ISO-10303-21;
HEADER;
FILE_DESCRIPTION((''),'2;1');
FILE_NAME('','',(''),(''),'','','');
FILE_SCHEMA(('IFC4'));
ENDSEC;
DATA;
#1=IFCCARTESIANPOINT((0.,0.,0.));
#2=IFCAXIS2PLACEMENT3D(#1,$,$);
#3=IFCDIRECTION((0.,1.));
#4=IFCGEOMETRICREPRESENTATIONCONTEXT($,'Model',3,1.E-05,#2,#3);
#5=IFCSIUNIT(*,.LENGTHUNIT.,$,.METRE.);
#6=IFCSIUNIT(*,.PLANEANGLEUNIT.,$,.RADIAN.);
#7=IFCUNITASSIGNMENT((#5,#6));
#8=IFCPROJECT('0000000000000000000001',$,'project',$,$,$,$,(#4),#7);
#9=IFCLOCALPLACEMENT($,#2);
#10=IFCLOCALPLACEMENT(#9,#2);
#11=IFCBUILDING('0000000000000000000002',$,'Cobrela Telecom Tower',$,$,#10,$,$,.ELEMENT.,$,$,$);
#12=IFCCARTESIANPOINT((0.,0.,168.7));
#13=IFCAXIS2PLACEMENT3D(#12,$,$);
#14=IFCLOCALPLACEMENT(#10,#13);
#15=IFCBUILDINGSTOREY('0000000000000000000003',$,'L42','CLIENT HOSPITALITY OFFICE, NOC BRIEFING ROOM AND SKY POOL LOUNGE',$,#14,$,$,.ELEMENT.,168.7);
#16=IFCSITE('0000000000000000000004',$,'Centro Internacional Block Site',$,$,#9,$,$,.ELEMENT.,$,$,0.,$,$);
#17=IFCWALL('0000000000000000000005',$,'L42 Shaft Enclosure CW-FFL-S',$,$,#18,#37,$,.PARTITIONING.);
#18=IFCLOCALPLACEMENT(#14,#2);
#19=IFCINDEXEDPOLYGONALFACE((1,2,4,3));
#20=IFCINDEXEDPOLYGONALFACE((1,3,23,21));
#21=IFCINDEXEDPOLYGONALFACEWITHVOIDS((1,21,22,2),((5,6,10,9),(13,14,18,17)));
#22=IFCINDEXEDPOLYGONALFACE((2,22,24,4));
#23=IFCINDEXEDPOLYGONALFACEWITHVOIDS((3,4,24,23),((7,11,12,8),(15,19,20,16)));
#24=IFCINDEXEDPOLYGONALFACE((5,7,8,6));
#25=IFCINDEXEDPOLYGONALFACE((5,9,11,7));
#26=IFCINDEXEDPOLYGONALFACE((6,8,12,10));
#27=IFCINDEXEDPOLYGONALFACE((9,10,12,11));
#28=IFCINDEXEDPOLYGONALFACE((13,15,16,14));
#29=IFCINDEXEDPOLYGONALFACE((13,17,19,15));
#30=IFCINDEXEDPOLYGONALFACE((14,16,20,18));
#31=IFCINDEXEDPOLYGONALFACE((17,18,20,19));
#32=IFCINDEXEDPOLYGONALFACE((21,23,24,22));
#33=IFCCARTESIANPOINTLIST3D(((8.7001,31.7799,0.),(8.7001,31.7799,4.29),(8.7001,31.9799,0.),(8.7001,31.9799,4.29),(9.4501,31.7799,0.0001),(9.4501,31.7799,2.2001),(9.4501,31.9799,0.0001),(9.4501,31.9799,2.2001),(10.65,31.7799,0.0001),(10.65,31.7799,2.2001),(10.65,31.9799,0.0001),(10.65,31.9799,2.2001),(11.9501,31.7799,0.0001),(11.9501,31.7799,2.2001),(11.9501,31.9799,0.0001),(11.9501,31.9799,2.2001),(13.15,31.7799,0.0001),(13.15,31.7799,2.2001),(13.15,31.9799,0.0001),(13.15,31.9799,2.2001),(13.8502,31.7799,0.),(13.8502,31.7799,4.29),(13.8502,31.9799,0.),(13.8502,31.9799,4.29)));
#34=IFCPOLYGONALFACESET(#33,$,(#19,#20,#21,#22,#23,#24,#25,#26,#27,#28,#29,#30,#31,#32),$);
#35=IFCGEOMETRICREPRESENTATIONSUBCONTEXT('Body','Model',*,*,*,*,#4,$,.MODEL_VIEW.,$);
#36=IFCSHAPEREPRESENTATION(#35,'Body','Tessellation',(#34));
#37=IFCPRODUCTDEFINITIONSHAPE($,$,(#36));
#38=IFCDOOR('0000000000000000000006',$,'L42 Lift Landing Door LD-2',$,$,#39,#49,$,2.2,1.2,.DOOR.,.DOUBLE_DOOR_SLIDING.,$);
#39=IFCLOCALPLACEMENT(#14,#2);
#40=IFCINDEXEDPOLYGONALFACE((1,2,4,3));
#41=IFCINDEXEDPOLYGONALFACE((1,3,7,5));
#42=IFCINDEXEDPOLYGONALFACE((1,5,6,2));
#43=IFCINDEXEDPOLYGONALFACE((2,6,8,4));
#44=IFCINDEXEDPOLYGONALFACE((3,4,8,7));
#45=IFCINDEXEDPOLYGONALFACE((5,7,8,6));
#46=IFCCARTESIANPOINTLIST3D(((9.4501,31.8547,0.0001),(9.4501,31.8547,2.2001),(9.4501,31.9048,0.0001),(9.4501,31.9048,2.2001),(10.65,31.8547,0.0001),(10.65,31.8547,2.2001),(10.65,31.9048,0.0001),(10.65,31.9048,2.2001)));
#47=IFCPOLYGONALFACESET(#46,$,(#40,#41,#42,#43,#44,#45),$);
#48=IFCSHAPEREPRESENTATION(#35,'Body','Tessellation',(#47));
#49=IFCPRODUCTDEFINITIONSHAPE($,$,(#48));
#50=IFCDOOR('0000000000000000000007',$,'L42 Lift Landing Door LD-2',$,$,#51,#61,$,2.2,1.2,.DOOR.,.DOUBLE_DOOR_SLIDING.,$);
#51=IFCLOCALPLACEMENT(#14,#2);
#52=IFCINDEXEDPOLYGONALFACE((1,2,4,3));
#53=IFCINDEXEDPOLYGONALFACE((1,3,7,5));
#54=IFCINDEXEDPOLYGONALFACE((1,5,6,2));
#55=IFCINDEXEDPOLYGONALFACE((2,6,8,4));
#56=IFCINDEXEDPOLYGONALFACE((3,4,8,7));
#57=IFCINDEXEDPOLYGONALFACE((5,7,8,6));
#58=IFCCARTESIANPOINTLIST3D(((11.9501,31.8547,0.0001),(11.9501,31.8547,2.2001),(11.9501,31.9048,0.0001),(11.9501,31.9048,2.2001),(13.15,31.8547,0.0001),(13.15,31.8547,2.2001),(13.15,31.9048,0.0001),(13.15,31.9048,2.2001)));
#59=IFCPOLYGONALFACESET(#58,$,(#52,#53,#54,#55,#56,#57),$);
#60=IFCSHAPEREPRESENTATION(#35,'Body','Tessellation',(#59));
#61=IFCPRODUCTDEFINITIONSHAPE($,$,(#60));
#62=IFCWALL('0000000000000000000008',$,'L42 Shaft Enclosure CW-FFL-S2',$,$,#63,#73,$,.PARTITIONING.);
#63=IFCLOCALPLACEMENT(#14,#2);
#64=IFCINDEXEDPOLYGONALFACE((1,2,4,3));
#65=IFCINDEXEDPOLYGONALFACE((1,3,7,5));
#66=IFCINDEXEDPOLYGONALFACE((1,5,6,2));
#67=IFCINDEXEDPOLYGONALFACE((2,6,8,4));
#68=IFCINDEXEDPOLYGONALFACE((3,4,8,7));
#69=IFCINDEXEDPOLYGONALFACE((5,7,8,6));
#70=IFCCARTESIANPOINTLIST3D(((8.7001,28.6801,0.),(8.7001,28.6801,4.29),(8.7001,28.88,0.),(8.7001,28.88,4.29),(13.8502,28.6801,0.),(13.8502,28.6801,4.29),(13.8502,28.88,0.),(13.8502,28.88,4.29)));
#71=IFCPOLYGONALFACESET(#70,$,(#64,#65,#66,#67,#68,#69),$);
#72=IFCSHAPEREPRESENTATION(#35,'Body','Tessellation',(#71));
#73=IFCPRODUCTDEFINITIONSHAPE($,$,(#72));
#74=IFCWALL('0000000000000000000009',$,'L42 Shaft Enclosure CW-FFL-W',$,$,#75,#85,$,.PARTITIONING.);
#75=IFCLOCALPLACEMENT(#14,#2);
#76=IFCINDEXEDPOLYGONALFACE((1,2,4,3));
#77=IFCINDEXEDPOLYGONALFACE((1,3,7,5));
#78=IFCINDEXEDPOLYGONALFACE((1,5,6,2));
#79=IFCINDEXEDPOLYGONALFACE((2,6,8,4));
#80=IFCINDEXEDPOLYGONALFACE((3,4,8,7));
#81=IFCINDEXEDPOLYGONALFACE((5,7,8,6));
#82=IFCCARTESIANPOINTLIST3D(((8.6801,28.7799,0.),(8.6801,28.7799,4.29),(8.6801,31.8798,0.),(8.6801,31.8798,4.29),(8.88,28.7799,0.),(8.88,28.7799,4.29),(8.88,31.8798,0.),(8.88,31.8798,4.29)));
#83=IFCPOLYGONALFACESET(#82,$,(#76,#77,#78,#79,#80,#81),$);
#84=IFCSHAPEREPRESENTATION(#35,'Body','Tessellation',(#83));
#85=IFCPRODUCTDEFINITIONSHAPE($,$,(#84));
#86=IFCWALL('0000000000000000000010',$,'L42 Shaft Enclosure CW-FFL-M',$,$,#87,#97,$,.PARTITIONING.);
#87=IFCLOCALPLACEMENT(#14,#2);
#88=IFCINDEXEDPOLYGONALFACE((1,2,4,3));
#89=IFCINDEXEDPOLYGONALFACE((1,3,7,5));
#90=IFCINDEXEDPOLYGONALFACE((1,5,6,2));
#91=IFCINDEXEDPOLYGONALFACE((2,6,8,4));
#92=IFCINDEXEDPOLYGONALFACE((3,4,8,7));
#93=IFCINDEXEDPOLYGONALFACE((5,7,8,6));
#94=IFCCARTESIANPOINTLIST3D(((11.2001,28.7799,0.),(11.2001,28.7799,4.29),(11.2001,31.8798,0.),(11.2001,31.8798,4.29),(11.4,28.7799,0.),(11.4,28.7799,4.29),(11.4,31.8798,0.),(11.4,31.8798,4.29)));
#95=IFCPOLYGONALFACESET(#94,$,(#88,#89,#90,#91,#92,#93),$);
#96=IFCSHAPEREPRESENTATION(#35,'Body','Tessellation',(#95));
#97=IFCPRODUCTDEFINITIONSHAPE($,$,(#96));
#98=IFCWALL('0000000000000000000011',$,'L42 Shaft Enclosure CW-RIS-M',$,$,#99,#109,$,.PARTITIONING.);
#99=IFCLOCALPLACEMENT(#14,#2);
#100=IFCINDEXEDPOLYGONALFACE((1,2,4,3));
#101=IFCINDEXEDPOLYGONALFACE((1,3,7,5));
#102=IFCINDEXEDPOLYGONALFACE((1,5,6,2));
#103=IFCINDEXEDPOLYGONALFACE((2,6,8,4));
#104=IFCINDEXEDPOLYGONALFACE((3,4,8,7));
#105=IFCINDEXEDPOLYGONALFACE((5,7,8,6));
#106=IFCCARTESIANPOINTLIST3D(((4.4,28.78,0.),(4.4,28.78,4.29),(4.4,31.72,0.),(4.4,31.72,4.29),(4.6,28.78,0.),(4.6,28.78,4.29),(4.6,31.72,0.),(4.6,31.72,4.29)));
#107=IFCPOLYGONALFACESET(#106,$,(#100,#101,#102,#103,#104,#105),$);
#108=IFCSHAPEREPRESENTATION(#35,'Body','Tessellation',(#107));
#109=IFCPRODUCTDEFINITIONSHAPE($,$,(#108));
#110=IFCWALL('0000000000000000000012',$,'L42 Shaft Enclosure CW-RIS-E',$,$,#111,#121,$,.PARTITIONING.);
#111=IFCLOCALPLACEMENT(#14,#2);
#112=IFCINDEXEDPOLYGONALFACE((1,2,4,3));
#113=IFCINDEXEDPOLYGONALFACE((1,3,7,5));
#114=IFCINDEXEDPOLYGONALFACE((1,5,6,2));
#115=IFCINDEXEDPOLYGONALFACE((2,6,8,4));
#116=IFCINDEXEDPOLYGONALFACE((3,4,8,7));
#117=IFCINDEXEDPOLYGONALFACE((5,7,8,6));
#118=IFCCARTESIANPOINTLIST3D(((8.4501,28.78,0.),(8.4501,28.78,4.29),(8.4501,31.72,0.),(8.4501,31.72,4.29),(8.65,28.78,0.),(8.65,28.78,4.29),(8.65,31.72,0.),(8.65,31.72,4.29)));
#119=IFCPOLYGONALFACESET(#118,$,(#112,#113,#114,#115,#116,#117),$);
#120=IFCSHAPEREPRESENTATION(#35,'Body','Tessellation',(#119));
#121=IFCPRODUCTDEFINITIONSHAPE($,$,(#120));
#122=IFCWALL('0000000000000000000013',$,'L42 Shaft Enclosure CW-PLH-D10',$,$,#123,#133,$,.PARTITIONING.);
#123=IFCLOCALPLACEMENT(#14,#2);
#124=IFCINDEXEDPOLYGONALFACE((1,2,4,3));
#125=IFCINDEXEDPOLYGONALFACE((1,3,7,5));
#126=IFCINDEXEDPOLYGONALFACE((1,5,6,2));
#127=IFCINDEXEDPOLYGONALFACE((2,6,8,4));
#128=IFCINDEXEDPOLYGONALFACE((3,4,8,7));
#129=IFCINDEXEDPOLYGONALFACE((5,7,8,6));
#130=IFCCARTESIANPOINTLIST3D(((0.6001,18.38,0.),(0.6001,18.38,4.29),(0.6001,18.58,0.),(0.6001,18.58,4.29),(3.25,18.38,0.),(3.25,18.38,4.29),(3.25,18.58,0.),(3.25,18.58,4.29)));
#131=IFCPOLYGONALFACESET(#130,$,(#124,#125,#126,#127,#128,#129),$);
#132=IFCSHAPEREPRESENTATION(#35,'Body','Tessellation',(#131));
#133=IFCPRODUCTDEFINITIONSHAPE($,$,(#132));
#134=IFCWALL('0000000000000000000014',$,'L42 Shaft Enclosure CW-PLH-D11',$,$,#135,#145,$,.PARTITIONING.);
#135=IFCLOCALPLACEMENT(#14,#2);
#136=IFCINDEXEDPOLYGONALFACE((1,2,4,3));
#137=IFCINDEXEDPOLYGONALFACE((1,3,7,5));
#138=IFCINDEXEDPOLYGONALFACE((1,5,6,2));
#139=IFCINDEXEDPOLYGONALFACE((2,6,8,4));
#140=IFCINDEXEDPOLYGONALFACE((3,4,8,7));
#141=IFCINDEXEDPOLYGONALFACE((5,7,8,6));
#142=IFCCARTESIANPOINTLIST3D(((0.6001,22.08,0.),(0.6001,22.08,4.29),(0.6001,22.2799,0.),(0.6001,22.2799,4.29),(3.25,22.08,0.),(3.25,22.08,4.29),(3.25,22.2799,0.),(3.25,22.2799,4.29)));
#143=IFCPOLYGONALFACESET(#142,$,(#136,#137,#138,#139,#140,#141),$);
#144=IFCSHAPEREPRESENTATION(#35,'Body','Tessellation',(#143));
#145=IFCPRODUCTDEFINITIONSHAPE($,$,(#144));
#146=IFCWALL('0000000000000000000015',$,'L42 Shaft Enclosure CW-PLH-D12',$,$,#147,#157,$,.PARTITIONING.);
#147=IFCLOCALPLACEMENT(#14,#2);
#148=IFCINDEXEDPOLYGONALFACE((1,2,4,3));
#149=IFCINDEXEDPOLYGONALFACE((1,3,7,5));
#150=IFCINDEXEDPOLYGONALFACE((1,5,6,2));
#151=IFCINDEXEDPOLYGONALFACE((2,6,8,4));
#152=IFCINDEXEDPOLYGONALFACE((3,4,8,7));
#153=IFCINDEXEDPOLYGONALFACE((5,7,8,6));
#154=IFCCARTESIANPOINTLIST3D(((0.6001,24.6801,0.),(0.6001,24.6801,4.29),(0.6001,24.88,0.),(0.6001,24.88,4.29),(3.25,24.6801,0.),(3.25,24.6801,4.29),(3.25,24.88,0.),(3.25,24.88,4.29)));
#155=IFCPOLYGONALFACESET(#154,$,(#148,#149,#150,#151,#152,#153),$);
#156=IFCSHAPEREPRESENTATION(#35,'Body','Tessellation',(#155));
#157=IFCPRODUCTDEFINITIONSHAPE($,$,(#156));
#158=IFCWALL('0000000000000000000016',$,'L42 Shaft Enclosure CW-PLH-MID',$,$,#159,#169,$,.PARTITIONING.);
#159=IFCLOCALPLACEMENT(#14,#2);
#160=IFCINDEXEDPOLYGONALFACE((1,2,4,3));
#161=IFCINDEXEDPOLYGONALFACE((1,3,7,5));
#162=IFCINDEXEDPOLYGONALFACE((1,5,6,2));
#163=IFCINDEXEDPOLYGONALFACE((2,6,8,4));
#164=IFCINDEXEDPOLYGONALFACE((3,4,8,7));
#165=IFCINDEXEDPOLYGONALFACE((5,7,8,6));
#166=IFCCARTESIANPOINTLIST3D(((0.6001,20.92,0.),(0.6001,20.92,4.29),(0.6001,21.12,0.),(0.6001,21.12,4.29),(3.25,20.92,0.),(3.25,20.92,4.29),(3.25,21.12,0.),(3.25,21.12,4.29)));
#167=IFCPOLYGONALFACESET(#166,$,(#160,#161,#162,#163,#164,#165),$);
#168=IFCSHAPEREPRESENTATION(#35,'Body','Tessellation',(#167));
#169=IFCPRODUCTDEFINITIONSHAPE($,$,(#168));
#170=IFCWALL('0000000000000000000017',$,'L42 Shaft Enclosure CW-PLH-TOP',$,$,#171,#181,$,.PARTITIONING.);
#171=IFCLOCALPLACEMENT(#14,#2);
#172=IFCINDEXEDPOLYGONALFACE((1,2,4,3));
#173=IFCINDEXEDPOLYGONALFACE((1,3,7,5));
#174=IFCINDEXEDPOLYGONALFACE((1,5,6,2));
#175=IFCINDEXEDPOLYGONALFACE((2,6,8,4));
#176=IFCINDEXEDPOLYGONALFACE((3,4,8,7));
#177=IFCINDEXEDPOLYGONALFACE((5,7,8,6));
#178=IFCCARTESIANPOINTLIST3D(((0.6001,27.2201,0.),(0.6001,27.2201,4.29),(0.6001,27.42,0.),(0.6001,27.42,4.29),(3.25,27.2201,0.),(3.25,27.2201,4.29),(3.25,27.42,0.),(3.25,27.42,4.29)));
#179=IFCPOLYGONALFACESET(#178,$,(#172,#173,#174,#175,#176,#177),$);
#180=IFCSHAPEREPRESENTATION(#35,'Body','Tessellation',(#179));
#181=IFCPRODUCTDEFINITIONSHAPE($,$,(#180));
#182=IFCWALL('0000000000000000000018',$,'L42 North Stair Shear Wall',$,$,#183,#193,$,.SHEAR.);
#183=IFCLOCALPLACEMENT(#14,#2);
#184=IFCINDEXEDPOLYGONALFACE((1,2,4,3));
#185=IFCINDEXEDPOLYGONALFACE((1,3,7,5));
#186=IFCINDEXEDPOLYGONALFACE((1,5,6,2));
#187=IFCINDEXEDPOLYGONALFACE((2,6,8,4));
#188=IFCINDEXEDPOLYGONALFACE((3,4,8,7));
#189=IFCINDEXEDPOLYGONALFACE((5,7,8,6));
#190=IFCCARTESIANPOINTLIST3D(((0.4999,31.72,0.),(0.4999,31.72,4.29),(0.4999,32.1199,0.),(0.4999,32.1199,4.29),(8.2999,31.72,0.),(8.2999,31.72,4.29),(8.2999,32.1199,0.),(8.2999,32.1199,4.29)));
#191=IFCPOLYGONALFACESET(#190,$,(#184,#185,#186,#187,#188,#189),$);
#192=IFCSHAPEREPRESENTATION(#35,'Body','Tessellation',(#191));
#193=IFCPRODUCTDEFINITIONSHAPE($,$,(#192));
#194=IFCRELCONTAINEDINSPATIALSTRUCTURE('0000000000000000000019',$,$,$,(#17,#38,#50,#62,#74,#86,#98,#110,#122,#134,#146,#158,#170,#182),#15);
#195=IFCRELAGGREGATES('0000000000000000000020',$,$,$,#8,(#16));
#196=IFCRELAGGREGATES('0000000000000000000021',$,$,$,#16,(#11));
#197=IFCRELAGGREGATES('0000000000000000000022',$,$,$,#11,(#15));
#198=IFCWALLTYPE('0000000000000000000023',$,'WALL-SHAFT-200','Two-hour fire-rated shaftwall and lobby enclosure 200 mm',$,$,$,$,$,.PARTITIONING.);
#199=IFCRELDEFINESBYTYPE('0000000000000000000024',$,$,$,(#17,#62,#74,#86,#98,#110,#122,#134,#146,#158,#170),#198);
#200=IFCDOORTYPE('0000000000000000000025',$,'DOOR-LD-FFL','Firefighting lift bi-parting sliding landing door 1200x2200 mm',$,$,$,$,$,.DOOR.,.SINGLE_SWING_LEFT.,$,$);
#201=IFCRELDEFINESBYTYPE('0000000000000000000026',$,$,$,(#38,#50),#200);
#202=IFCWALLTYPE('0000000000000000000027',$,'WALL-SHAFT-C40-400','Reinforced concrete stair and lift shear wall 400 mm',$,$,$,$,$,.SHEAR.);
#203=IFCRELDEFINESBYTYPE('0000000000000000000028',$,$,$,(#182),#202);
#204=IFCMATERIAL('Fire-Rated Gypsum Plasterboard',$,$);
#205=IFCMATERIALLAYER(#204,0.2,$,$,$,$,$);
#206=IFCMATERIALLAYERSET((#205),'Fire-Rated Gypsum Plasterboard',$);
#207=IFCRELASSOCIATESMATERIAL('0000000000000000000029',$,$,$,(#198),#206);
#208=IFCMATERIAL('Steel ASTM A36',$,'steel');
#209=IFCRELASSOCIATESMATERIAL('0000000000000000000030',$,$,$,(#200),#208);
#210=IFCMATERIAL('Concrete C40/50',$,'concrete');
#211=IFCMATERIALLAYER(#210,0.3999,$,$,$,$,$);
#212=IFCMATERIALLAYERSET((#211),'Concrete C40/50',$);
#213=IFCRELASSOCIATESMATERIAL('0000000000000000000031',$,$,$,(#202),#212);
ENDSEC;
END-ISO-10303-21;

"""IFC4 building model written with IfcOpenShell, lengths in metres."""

from ifc_helpers import new_model, si_unit, direction, frame, frame_2d, origin, place, context, subcontext, project, spatial, rectangle, extrude, material, layer, layer_set, type_object, element, fill, save


model = new_model("IFC4")

# Units and contexts
model_context = context("Model", 3, precision=1e-05, world=origin(), true_north=direction((0.0, 1.0)))
body_context = subcontext(model_context, "Body", "Model", "MODEL_VIEW")
ifc_project = project(units=[si_unit("LENGTHUNIT", "METRE"), si_unit("PLANEANGLEUNIT", "RADIAN")], contexts=[model_context])

# Site, building, storey
site_placement = place(None, origin())
site = spatial("IfcSite", under=ifc_project, at=site_placement, Name="Centro Internacional Block Site", CompositionType="ELEMENT", RefElevation=0.0)
building_placement = place(site_placement, origin())
building = spatial("IfcBuilding", under=site, at=building_placement, Name="Cobrela Telecom Tower", CompositionType="ELEMENT")
storey_placement = place(building_placement, frame((0.0, 0.0, 168.7)))
storey = spatial("IfcBuildingStorey", under=building, at=storey_placement, Name="L42", Description="CLIENT HOSPITALITY OFFICE, NOC BRIEFING ROOM AND SKY POOL LOUNGE", CompositionType="ELEMENT", Elevation=168.7)

# Shared definitions
ifc_material_1 = material(Name="Fire-Rated Gypsum Plasterboard")

# Wall, openings, doors
ifc_layer_1 = layer(ifc_material_1, 0.2)
ifc_layer_set_1 = layer_set([ifc_layer_1], Name="Fire-Rated Gypsum Plasterboard")
wall_type_1 = type_object("IfcWallType", Name="WALL-SHAFT-200", Description="Two-hour fire-rated shaftwall and lobby enclosure 200 mm", PredefinedType="PARTITIONING", material=ifc_layer_set_1)
wall_1_placement = place(storey_placement, frame((8.7, 31.8799, 0.0), z_axis=(0.0, 0.0, 1.0), x_axis=(1.0, 0.0, 0.0)))
wall_1 = element("IfcWall", 1, at=wall_1_placement, inside=storey, type_object=wall_type_1, Name="L42 Shaft Enclosure CW-FFL-S", PredefinedType="PARTITIONING", context=body_context, shape_type="SweptSolid", body=[
    extrude(rectangle(XDim=5.1501, YDim=0.2, at=frame_2d((2.5752, 0.0))), origin(), (0.0, 0.0, 1.0), 4.29),
])
opening_1_placement = place(wall_1_placement, frame((0.75, 0.0, 0.0)))
opening_1 = element("IfcOpeningElement", 2, at=opening_1_placement, cuts=wall_1, PredefinedType="OPENING", context=body_context, shape_type="SweptSolid", body=[
    extrude(rectangle(XDim=1.2, YDim=2.2, at=frame_2d((0.6001, 1.1001))), frame((0.0, 0.1118, 0.0), z_axis=(0.0, -1.0, 0.0), x_axis=(1.0, 0.0, 0.0)), (0.0, 0.0, 1.0), 0.2239),
])
opening_2_placement = place(wall_1_placement, frame((3.25, 0.0, 0.0)))
opening_2 = element("IfcOpeningElement", 3, at=opening_2_placement, cuts=wall_1, PredefinedType="OPENING", context=body_context, shape_type="SweptSolid", body=[
    extrude(rectangle(XDim=1.2, YDim=2.2, at=frame_2d((0.6001, 1.1001))), frame((0.0, 0.1118, 0.0), z_axis=(0.0, -1.0, 0.0), x_axis=(1.0, 0.0, 0.0)), (0.0, 0.0, 1.0), 0.2239),
])
ifc_material_2 = material(Name="Steel ASTM A36", Category="steel")
door_type_1 = type_object("IfcDoorType", Name="DOOR-LD-FFL", Description="Firefighting lift bi-parting sliding landing door 1200x2200 mm", OperationType="SINGLE_SWING_LEFT", PredefinedType="DOOR", material=ifc_material_2)
door_1_placement = place(opening_1_placement, origin())
door_1 = element("IfcDoor", 4, at=door_1_placement, inside=storey, type_object=door_type_1, Name="L42 Lift Landing Door LD-2", OperationType="DOUBLE_DOOR_SLIDING", OverallHeight=2.2, OverallWidth=1.2, PredefinedType="DOOR", context=body_context, shape_type="SweptSolid", body=[
    extrude(rectangle(XDim=1.2, YDim=2.2, at=frame_2d((0.6001, 1.1001))), frame((0.0, 0.0249, 0.0), z_axis=(0.0, -1.0, 0.0), x_axis=(1.0, 0.0, 0.0)), (0.0, 0.0, 1.0), 0.05),
])
fill(opening_1, door_1)
door_2_placement = place(opening_2_placement, origin())
door_2 = element("IfcDoor", 5, at=door_2_placement, inside=storey, type_object=door_type_1, Name="L42 Lift Landing Door LD-2", OperationType="DOUBLE_DOOR_SLIDING", OverallHeight=2.2, OverallWidth=1.2, PredefinedType="DOOR", context=body_context, shape_type="SweptSolid", body=[
    extrude(rectangle(XDim=1.2, YDim=2.2, at=frame_2d((0.6001, 1.1001))), frame((0.0, 0.0249, 0.0), z_axis=(0.0, -1.0, 0.0), x_axis=(1.0, 0.0, 0.0)), (0.0, 0.0, 1.0), 0.05),
])
fill(opening_2, door_2)

# Walls
wall_2_placement = place(storey_placement, frame((8.7, 28.78, 0.0), z_axis=(0.0, 0.0, 1.0), x_axis=(1.0, 0.0, 0.0)))
element("IfcWall", 6, at=wall_2_placement, inside=storey, type_object=wall_type_1, Name="L42 Shaft Enclosure CW-FFL-S2", PredefinedType="PARTITIONING", context=body_context, shape_type="SweptSolid", body=[
    extrude(rectangle(XDim=5.1501, YDim=0.2, at=frame_2d((2.5752, 0.0))), origin(), (0.0, 0.0, 1.0), 4.29),
])
for number, where, z_axis, x_axis, name in (
    (7, (8.78, 28.78, 0.0), (0.0, 0.0, 1.0), (0.0, 1.0, 0.0), "L42 Shaft Enclosure CW-FFL-W"),
    (8, (11.3, 28.78, 0.0), (0.0, 0.0, 1.0), (0.0, 1.0, 0.0), "L42 Shaft Enclosure CW-FFL-M"),
):
    element("IfcWall", number, at=place(storey_placement, frame(where, z_axis=z_axis, x_axis=x_axis)), inside=storey, type_object=wall_type_1, Name=name, PredefinedType="PARTITIONING", context=body_context, shape_type="SweptSolid", body=[
        extrude(rectangle(XDim=3.0999, YDim=0.2, at=frame_2d((1.5498, 0.0))), origin(), (0.0, 0.0, 1.0), 4.29),
    ])

# Walls
for number, where, z_axis, x_axis, name in (
    (9, (4.5, 28.78, 0.0), (0.0, 0.0, 1.0), (0.0, 1.0, 0.0), "L42 Shaft Enclosure CW-RIS-M"),
    (10, (8.55, 28.78, 0.0), (0.0, 0.0, 1.0), (0.0, 1.0, 0.0), "L42 Shaft Enclosure CW-RIS-E"),
):
    element("IfcWall", number, at=place(storey_placement, frame(where, z_axis=z_axis, x_axis=x_axis)), inside=storey, type_object=wall_type_1, Name=name, PredefinedType="PARTITIONING", context=body_context, shape_type="SweptSolid", body=[
        extrude(rectangle(XDim=2.9399, YDim=0.2, at=frame_2d((1.47, 0.0))), origin(), (0.0, 0.0, 1.0), 4.29),
    ])
for number, where, z_axis, x_axis, name in (
    (11, (0.6001, 18.48, 0.0), (0.0, 0.0, 1.0), (1.0, 0.0, 0.0), "L42 Shaft Enclosure CW-PLH-D10"),
    (12, (0.6001, 22.1799, 0.0), (0.0, 0.0, 1.0), (1.0, 0.0, 0.0), "L42 Shaft Enclosure CW-PLH-D11"),
    (13, (0.6001, 24.78, 0.0), (0.0, 0.0, 1.0), (1.0, 0.0, 0.0), "L42 Shaft Enclosure CW-PLH-D12"),
    (14, (0.6001, 21.02, 0.0), (0.0, 0.0, 1.0), (1.0, 0.0, 0.0), "L42 Shaft Enclosure CW-PLH-MID"),
    (15, (0.6001, 27.3201, 0.0), (0.0, 0.0, 1.0), (1.0, 0.0, 0.0), "L42 Shaft Enclosure CW-PLH-TOP"),
):
    element("IfcWall", number, at=place(storey_placement, frame(where, z_axis=z_axis, x_axis=x_axis)), inside=storey, type_object=wall_type_1, Name=name, PredefinedType="PARTITIONING", context=body_context, shape_type="SweptSolid", body=[
        extrude(rectangle(XDim=2.6499, YDim=0.2, at=frame_2d((1.325, 0.0))), origin(), (0.0, 0.0, 1.0), 4.29),
    ])
ifc_material_3 = material(Name="Concrete C40/50", Category="concrete")
ifc_layer_2 = layer(ifc_material_3, 0.3999)
ifc_layer_set_2 = layer_set([ifc_layer_2], Name="Concrete C40/50")
wall_type_2 = type_object("IfcWallType", Name="WALL-SHAFT-C40-400", Description="Reinforced concrete stair and lift shear wall 400 mm", PredefinedType="SHEAR", material=ifc_layer_set_2)
wall_3_placement = place(storey_placement, frame((0.5, 31.9199, 0.0), z_axis=(0.0, 0.0, 1.0), x_axis=(1.0, 0.0, 0.0)))
element("IfcWall", 16, at=wall_3_placement, inside=storey, type_object=wall_type_2, Name="L42 North Stair Shear Wall", PredefinedType="SHEAR", context=body_context, shape_type="SweptSolid", body=[
    extrude(rectangle(XDim=7.8, YDim=0.3999, at=frame_2d((3.8999, 0.0))), origin(), (0.0, 0.0, 1.0), 4.29),
])

save(model, "model.ifc")
